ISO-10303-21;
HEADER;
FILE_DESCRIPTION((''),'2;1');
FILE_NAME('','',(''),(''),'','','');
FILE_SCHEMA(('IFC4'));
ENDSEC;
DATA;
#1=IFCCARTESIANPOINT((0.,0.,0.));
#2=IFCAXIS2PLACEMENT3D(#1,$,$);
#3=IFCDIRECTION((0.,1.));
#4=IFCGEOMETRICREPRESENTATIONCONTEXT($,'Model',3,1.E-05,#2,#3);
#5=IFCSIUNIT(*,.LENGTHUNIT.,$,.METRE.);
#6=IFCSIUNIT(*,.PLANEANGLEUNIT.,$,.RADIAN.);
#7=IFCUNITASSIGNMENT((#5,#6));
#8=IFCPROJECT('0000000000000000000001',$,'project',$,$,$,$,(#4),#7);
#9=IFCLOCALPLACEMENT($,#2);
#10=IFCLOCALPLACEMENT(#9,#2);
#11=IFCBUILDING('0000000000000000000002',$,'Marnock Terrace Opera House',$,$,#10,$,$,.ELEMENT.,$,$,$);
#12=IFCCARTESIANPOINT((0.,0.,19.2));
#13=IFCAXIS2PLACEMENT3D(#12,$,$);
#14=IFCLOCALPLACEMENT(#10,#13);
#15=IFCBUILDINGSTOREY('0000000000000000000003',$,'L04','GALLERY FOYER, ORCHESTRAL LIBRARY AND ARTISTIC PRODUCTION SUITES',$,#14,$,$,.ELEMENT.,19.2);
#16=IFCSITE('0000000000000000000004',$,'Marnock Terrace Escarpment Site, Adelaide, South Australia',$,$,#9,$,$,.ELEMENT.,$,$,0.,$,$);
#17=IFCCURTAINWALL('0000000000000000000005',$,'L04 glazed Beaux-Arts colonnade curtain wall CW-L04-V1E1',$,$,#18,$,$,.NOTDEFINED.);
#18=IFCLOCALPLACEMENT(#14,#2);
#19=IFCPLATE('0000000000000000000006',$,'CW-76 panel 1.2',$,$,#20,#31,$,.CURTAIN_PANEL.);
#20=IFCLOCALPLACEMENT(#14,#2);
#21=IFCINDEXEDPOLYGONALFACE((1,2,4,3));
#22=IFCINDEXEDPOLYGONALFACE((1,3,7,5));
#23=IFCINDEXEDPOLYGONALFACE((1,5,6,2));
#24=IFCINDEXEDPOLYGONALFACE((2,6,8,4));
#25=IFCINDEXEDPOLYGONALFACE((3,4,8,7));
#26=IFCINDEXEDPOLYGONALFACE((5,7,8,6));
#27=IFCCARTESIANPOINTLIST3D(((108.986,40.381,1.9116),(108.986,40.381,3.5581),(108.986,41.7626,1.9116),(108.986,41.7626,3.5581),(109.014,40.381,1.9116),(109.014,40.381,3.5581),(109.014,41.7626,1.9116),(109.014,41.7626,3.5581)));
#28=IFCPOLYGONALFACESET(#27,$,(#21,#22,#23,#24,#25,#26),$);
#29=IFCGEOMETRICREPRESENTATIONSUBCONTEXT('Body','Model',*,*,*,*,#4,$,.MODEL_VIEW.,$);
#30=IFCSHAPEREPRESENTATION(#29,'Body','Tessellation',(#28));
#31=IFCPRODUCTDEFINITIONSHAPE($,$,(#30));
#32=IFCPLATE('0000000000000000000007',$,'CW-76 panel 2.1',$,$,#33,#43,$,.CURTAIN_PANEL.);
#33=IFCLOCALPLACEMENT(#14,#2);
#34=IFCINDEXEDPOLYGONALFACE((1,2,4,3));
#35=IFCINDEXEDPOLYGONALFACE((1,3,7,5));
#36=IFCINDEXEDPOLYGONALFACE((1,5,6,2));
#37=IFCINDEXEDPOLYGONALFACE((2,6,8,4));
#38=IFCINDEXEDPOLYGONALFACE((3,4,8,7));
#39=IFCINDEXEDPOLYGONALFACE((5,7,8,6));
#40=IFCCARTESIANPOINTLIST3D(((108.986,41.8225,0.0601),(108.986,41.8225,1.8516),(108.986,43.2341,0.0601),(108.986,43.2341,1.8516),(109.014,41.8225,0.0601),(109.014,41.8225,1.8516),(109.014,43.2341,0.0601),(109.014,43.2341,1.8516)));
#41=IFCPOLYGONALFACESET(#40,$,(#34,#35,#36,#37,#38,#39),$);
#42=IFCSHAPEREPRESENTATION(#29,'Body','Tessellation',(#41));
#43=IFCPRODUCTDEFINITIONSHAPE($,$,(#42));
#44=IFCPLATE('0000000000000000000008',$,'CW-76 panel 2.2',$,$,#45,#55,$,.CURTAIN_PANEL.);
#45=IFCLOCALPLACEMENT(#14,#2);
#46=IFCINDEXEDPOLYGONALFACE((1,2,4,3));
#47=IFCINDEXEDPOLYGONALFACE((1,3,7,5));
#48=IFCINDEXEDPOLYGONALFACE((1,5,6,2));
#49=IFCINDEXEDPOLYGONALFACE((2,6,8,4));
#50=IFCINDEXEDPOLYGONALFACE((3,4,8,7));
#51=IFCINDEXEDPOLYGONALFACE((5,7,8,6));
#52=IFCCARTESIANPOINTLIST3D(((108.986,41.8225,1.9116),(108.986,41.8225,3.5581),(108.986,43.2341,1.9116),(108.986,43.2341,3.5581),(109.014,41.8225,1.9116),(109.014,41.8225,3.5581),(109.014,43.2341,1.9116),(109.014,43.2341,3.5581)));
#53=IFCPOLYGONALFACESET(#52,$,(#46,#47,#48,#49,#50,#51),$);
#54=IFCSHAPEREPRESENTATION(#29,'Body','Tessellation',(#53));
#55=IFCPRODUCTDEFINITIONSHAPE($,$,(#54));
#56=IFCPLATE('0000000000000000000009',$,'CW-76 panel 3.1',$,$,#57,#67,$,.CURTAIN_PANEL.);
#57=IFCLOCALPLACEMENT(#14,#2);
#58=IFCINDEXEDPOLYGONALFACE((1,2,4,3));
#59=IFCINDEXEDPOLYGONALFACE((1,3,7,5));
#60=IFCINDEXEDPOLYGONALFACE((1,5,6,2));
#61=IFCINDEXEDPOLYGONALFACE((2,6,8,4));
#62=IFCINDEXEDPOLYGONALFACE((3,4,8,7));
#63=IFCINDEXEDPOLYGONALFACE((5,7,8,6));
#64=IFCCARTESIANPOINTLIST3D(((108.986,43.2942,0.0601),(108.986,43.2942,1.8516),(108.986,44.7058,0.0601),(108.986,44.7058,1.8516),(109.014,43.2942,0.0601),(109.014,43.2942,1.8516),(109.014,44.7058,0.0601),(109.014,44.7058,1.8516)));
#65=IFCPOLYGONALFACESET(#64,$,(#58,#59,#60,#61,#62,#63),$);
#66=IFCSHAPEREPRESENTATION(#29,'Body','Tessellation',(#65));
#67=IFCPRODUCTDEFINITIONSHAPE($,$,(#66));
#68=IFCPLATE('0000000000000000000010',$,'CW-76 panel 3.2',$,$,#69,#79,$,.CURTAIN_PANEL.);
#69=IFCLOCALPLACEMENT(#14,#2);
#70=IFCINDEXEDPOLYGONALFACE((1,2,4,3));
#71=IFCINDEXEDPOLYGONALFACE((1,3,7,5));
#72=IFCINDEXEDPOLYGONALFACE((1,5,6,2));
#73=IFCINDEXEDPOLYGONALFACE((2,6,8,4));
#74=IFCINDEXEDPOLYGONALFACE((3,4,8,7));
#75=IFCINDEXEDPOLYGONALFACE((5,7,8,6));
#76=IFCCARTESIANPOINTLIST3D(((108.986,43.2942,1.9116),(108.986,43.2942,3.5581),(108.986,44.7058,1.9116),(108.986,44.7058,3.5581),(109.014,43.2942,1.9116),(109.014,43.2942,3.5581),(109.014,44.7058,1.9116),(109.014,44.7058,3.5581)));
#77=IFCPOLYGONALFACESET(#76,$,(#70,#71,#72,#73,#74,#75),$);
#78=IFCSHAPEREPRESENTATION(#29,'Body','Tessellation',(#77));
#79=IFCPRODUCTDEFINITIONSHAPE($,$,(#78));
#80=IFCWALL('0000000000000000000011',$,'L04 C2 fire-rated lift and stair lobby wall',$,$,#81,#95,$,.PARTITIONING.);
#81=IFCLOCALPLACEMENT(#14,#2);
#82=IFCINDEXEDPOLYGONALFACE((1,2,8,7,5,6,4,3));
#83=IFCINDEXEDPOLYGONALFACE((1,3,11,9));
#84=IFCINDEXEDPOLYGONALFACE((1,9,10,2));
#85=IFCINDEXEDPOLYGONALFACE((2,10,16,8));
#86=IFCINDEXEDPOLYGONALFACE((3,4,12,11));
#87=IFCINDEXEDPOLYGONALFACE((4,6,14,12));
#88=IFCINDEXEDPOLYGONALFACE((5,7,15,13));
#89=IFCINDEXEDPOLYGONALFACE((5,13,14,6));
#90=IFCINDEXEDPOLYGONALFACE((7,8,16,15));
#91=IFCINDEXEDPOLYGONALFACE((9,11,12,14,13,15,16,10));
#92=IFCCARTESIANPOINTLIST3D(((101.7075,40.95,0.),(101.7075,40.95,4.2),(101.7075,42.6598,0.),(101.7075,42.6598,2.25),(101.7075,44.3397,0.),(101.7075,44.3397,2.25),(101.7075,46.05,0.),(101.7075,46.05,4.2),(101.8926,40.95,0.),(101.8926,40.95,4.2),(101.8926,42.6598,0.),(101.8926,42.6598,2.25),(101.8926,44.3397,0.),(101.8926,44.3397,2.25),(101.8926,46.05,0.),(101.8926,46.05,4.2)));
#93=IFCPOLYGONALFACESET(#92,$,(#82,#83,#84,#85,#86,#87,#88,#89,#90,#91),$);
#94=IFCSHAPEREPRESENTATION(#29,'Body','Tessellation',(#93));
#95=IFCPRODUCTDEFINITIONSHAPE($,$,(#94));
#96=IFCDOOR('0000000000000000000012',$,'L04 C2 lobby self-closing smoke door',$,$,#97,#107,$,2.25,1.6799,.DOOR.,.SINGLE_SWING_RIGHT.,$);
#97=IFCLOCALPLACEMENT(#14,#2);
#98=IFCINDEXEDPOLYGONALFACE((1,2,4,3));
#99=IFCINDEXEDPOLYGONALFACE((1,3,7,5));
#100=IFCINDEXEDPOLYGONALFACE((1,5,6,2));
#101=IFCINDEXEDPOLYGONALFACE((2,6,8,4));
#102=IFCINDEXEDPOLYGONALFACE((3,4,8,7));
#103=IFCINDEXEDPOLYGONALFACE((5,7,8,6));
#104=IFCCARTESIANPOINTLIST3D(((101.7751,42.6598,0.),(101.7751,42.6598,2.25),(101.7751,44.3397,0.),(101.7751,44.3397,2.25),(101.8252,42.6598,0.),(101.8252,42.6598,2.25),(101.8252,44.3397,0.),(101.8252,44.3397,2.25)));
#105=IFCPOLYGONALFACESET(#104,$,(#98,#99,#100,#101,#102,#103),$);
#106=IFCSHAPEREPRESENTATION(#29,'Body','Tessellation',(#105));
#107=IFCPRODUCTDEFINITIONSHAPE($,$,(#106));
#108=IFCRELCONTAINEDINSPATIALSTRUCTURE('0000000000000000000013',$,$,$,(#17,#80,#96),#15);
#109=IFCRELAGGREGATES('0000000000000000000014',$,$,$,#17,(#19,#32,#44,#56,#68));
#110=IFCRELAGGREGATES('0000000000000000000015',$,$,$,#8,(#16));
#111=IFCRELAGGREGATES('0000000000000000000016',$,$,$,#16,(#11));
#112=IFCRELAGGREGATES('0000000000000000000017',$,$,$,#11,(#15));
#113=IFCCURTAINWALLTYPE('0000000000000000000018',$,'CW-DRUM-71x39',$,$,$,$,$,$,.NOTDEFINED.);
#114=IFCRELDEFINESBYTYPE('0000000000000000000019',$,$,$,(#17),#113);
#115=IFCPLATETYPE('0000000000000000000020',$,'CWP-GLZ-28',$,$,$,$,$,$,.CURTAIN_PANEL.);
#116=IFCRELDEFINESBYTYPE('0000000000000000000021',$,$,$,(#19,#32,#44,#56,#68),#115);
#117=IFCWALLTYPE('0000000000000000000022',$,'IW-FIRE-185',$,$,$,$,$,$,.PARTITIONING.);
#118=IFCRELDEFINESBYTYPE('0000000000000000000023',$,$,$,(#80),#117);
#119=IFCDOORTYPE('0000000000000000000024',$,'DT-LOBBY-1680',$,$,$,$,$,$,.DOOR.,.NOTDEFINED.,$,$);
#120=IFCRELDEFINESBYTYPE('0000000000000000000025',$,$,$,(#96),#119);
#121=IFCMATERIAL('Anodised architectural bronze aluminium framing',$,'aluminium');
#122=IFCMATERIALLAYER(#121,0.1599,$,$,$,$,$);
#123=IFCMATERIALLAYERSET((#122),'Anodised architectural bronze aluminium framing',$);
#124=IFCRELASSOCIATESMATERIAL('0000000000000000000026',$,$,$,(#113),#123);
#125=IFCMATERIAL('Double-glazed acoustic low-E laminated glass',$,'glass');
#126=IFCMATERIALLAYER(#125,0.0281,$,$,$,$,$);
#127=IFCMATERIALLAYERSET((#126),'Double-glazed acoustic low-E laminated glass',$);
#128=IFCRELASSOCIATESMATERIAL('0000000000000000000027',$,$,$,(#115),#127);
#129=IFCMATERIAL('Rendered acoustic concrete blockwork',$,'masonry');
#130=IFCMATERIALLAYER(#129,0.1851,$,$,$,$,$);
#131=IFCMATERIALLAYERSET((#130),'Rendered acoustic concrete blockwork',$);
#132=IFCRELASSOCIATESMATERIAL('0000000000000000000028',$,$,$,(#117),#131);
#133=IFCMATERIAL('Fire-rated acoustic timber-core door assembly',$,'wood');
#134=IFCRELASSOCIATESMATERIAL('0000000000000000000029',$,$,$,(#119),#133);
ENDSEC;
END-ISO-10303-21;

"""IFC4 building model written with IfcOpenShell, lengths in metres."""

from ifc_helpers import new_model, si_unit, direction, frame, frame_2d, origin, origin_2d, place, context, subcontext, project, spatial, rectangle, extrude, material, layer, layer_set, type_object, element, fill, aggregate, save


model = new_model("IFC4")

# Units and contexts
model_context = context("Model", 3, precision=1e-05, world=origin(), true_north=direction((0.0, 1.0)))
body_context = subcontext(model_context, "Body", "Model", "MODEL_VIEW")
ifc_project = project(units=[si_unit("LENGTHUNIT", "METRE"), si_unit("PLANEANGLEUNIT", "RADIAN")], contexts=[model_context])

# Site, building, storey
site_placement = place(None, origin())
site = spatial("IfcSite", under=ifc_project, at=site_placement, Name="Marnock Terrace Escarpment Site, Adelaide, South Australia", CompositionType="ELEMENT", RefElevation=0.0)
building_placement = place(site_placement, origin())
building = spatial("IfcBuilding", under=site, at=building_placement, Name="Marnock Terrace Opera House", CompositionType="ELEMENT")
storey_placement = place(building_placement, frame((0.0, 0.0, 19.2)))
storey = spatial("IfcBuildingStorey", under=building, at=storey_placement, Name="L04", Description="GALLERY FOYER, ORCHESTRAL LIBRARY AND ARTISTIC PRODUCTION SUITES", CompositionType="ELEMENT", Elevation=19.2)

# Curtain wall, plates
ifc_material_1 = material(Name="Anodised architectural bronze aluminium framing", Category="aluminium")
ifc_layer_1 = layer(ifc_material_1, 0.1599)
ifc_layer_set_1 = layer_set([ifc_layer_1], Name="Anodised architectural bronze aluminium framing")
curtain_wall_type = type_object("IfcCurtainWallType", Name="CW-DRUM-71x39", PredefinedType="NOTDEFINED", material=ifc_layer_set_1)
curtain_wall_placement = place(storey_placement, origin())
curtain_wall = element("IfcCurtainWall", 1, at=curtain_wall_placement, inside=storey, type_object=curtain_wall_type, Name="L04 glazed Beaux-Arts colonnade curtain wall CW-L04-V1E1", PredefinedType="NOTDEFINED")
ifc_material_2 = material(Name="Double-glazed acoustic low-E laminated glass", Category="glass")
ifc_layer_2 = layer(ifc_material_2, 0.0281)
ifc_layer_set_2 = layer_set([ifc_layer_2], Name="Double-glazed acoustic low-E laminated glass")
plate_type = type_object("IfcPlateType", Name="CWP-GLZ-28", PredefinedType="CURTAIN_PANEL", material=ifc_layer_set_2)
plate_1_placement = place(storey_placement, frame((109.0, 41.0718, 1.9116), z_axis=(0.0, 0.0, 1.0), x_axis=(0.0, 1.0, 0.0)))
plate_1 = element("IfcPlate", 2, at=plate_1_placement, type_object=plate_type, Name="CW-76 panel 1.2", PredefinedType="CURTAIN_PANEL", context=body_context, shape_type="SweptSolid", body=[
    extrude(rectangle(XDim=1.3816, YDim=0.0281, at=origin_2d()), origin(), (0.0, 0.0, 1.0), 1.6465),
])
plate_2_placement = place(storey_placement, frame((109.0, 42.5283, 0.0601), z_axis=(0.0, 0.0, 1.0), x_axis=(0.0, 1.0, 0.0)))
plate_2 = element("IfcPlate", 3, at=plate_2_placement, type_object=plate_type, Name="CW-76 panel 2.1", PredefinedType="CURTAIN_PANEL", context=body_context, shape_type="SweptSolid", body=[
    extrude(rectangle(XDim=1.4116, YDim=0.0281, at=origin_2d()), origin(), (0.0, 0.0, 1.0), 1.7915),
])
plate_3_placement = place(storey_placement, frame((109.0, 42.5283, 1.9116), z_axis=(0.0, 0.0, 1.0), x_axis=(0.0, 1.0, 0.0)))
plate_3 = element("IfcPlate", 4, at=plate_3_placement, type_object=plate_type, Name="CW-76 panel 2.2", PredefinedType="CURTAIN_PANEL", context=body_context, shape_type="SweptSolid", body=[
    extrude(rectangle(XDim=1.4116, YDim=0.0281, at=origin_2d()), origin(), (0.0, 0.0, 1.0), 1.6465),
])
plate_4_placement = place(storey_placement, frame((109.0, 44.0, 0.0601), z_axis=(0.0, 0.0, 1.0), x_axis=(0.0, 1.0, 0.0)))
plate_4 = element("IfcPlate", 5, at=plate_4_placement, type_object=plate_type, Name="CW-76 panel 3.1", PredefinedType="CURTAIN_PANEL", context=body_context, shape_type="SweptSolid", body=[
    extrude(rectangle(XDim=1.4116, YDim=0.0281, at=origin_2d()), origin(), (0.0, 0.0, 1.0), 1.7915),
])
plate_5_placement = place(storey_placement, frame((109.0, 44.0, 1.9116), z_axis=(0.0, 0.0, 1.0), x_axis=(0.0, 1.0, 0.0)))
plate_5 = element("IfcPlate", 6, at=plate_5_placement, type_object=plate_type, Name="CW-76 panel 3.2", PredefinedType="CURTAIN_PANEL", context=body_context, shape_type="SweptSolid", body=[
    extrude(rectangle(XDim=1.4116, YDim=0.0281, at=origin_2d()), origin(), (0.0, 0.0, 1.0), 1.6465),
])
aggregate(curtain_wall, [plate_1, plate_2, plate_3, plate_4, plate_5])

# Wall, opening, door
ifc_material_3 = material(Name="Rendered acoustic concrete blockwork", Category="masonry")
ifc_layer_3 = layer(ifc_material_3, 0.1851)
ifc_layer_set_3 = layer_set([ifc_layer_3], Name="Rendered acoustic concrete blockwork")
wall_type = type_object("IfcWallType", Name="IW-FIRE-185", PredefinedType="PARTITIONING", material=ifc_layer_set_3)
wall_placement = place(storey_placement, frame((101.8, 40.95, 0.0), z_axis=(0.0, 0.0, 1.0), x_axis=(0.0, 1.0, 0.0)))
wall = element("IfcWall", 7, at=wall_placement, inside=storey, type_object=wall_type, Name="L04 C2 fire-rated lift and stair lobby wall", PredefinedType="PARTITIONING", context=body_context, shape_type="SweptSolid", body=[
    extrude(rectangle(XDim=5.1001, YDim=0.1851, at=frame_2d((2.55, 0.0))), origin(), (0.0, 0.0, 1.0), 4.2),
])
opening_placement = place(wall_placement, frame((1.71, 0.0, 0.0)))
opening = element("IfcOpeningElement", 8, at=opening_placement, cuts=wall, PredefinedType="OPENING", context=body_context, shape_type="SweptSolid", body=[
    extrude(rectangle(XDim=1.6799, YDim=2.25, at=frame_2d((0.8398, 1.125))), frame((0.0, 0.1025, 0.0), z_axis=(0.0, -1.0, 0.0), x_axis=(1.0, 0.0, 0.0)), (0.0, 0.0, 1.0), 0.2051),
])
ifc_material_4 = material(Name="Fire-rated acoustic timber-core door assembly", Category="wood")
door_type = type_object("IfcDoorType", Name="DT-LOBBY-1680", OperationType="NOTDEFINED", PredefinedType="DOOR", material=ifc_material_4)
door_placement = place(opening_placement, origin())
door = element("IfcDoor", 9, at=door_placement, inside=storey, type_object=door_type, Name="L04 C2 lobby self-closing smoke door", OperationType="SINGLE_SWING_RIGHT", OverallHeight=2.25, OverallWidth=1.6799, PredefinedType="DOOR", context=body_context, shape_type="SweptSolid", body=[
    extrude(rectangle(XDim=1.6799, YDim=2.25, at=frame_2d((0.8398, 1.125))), frame((0.0, 0.0249, 0.0), z_axis=(0.0, -1.0, 0.0), x_axis=(1.0, 0.0, 0.0)), (0.0, 0.0, 1.0), 0.05),
])
fill(opening, door)

save(model, "model.ifc")
